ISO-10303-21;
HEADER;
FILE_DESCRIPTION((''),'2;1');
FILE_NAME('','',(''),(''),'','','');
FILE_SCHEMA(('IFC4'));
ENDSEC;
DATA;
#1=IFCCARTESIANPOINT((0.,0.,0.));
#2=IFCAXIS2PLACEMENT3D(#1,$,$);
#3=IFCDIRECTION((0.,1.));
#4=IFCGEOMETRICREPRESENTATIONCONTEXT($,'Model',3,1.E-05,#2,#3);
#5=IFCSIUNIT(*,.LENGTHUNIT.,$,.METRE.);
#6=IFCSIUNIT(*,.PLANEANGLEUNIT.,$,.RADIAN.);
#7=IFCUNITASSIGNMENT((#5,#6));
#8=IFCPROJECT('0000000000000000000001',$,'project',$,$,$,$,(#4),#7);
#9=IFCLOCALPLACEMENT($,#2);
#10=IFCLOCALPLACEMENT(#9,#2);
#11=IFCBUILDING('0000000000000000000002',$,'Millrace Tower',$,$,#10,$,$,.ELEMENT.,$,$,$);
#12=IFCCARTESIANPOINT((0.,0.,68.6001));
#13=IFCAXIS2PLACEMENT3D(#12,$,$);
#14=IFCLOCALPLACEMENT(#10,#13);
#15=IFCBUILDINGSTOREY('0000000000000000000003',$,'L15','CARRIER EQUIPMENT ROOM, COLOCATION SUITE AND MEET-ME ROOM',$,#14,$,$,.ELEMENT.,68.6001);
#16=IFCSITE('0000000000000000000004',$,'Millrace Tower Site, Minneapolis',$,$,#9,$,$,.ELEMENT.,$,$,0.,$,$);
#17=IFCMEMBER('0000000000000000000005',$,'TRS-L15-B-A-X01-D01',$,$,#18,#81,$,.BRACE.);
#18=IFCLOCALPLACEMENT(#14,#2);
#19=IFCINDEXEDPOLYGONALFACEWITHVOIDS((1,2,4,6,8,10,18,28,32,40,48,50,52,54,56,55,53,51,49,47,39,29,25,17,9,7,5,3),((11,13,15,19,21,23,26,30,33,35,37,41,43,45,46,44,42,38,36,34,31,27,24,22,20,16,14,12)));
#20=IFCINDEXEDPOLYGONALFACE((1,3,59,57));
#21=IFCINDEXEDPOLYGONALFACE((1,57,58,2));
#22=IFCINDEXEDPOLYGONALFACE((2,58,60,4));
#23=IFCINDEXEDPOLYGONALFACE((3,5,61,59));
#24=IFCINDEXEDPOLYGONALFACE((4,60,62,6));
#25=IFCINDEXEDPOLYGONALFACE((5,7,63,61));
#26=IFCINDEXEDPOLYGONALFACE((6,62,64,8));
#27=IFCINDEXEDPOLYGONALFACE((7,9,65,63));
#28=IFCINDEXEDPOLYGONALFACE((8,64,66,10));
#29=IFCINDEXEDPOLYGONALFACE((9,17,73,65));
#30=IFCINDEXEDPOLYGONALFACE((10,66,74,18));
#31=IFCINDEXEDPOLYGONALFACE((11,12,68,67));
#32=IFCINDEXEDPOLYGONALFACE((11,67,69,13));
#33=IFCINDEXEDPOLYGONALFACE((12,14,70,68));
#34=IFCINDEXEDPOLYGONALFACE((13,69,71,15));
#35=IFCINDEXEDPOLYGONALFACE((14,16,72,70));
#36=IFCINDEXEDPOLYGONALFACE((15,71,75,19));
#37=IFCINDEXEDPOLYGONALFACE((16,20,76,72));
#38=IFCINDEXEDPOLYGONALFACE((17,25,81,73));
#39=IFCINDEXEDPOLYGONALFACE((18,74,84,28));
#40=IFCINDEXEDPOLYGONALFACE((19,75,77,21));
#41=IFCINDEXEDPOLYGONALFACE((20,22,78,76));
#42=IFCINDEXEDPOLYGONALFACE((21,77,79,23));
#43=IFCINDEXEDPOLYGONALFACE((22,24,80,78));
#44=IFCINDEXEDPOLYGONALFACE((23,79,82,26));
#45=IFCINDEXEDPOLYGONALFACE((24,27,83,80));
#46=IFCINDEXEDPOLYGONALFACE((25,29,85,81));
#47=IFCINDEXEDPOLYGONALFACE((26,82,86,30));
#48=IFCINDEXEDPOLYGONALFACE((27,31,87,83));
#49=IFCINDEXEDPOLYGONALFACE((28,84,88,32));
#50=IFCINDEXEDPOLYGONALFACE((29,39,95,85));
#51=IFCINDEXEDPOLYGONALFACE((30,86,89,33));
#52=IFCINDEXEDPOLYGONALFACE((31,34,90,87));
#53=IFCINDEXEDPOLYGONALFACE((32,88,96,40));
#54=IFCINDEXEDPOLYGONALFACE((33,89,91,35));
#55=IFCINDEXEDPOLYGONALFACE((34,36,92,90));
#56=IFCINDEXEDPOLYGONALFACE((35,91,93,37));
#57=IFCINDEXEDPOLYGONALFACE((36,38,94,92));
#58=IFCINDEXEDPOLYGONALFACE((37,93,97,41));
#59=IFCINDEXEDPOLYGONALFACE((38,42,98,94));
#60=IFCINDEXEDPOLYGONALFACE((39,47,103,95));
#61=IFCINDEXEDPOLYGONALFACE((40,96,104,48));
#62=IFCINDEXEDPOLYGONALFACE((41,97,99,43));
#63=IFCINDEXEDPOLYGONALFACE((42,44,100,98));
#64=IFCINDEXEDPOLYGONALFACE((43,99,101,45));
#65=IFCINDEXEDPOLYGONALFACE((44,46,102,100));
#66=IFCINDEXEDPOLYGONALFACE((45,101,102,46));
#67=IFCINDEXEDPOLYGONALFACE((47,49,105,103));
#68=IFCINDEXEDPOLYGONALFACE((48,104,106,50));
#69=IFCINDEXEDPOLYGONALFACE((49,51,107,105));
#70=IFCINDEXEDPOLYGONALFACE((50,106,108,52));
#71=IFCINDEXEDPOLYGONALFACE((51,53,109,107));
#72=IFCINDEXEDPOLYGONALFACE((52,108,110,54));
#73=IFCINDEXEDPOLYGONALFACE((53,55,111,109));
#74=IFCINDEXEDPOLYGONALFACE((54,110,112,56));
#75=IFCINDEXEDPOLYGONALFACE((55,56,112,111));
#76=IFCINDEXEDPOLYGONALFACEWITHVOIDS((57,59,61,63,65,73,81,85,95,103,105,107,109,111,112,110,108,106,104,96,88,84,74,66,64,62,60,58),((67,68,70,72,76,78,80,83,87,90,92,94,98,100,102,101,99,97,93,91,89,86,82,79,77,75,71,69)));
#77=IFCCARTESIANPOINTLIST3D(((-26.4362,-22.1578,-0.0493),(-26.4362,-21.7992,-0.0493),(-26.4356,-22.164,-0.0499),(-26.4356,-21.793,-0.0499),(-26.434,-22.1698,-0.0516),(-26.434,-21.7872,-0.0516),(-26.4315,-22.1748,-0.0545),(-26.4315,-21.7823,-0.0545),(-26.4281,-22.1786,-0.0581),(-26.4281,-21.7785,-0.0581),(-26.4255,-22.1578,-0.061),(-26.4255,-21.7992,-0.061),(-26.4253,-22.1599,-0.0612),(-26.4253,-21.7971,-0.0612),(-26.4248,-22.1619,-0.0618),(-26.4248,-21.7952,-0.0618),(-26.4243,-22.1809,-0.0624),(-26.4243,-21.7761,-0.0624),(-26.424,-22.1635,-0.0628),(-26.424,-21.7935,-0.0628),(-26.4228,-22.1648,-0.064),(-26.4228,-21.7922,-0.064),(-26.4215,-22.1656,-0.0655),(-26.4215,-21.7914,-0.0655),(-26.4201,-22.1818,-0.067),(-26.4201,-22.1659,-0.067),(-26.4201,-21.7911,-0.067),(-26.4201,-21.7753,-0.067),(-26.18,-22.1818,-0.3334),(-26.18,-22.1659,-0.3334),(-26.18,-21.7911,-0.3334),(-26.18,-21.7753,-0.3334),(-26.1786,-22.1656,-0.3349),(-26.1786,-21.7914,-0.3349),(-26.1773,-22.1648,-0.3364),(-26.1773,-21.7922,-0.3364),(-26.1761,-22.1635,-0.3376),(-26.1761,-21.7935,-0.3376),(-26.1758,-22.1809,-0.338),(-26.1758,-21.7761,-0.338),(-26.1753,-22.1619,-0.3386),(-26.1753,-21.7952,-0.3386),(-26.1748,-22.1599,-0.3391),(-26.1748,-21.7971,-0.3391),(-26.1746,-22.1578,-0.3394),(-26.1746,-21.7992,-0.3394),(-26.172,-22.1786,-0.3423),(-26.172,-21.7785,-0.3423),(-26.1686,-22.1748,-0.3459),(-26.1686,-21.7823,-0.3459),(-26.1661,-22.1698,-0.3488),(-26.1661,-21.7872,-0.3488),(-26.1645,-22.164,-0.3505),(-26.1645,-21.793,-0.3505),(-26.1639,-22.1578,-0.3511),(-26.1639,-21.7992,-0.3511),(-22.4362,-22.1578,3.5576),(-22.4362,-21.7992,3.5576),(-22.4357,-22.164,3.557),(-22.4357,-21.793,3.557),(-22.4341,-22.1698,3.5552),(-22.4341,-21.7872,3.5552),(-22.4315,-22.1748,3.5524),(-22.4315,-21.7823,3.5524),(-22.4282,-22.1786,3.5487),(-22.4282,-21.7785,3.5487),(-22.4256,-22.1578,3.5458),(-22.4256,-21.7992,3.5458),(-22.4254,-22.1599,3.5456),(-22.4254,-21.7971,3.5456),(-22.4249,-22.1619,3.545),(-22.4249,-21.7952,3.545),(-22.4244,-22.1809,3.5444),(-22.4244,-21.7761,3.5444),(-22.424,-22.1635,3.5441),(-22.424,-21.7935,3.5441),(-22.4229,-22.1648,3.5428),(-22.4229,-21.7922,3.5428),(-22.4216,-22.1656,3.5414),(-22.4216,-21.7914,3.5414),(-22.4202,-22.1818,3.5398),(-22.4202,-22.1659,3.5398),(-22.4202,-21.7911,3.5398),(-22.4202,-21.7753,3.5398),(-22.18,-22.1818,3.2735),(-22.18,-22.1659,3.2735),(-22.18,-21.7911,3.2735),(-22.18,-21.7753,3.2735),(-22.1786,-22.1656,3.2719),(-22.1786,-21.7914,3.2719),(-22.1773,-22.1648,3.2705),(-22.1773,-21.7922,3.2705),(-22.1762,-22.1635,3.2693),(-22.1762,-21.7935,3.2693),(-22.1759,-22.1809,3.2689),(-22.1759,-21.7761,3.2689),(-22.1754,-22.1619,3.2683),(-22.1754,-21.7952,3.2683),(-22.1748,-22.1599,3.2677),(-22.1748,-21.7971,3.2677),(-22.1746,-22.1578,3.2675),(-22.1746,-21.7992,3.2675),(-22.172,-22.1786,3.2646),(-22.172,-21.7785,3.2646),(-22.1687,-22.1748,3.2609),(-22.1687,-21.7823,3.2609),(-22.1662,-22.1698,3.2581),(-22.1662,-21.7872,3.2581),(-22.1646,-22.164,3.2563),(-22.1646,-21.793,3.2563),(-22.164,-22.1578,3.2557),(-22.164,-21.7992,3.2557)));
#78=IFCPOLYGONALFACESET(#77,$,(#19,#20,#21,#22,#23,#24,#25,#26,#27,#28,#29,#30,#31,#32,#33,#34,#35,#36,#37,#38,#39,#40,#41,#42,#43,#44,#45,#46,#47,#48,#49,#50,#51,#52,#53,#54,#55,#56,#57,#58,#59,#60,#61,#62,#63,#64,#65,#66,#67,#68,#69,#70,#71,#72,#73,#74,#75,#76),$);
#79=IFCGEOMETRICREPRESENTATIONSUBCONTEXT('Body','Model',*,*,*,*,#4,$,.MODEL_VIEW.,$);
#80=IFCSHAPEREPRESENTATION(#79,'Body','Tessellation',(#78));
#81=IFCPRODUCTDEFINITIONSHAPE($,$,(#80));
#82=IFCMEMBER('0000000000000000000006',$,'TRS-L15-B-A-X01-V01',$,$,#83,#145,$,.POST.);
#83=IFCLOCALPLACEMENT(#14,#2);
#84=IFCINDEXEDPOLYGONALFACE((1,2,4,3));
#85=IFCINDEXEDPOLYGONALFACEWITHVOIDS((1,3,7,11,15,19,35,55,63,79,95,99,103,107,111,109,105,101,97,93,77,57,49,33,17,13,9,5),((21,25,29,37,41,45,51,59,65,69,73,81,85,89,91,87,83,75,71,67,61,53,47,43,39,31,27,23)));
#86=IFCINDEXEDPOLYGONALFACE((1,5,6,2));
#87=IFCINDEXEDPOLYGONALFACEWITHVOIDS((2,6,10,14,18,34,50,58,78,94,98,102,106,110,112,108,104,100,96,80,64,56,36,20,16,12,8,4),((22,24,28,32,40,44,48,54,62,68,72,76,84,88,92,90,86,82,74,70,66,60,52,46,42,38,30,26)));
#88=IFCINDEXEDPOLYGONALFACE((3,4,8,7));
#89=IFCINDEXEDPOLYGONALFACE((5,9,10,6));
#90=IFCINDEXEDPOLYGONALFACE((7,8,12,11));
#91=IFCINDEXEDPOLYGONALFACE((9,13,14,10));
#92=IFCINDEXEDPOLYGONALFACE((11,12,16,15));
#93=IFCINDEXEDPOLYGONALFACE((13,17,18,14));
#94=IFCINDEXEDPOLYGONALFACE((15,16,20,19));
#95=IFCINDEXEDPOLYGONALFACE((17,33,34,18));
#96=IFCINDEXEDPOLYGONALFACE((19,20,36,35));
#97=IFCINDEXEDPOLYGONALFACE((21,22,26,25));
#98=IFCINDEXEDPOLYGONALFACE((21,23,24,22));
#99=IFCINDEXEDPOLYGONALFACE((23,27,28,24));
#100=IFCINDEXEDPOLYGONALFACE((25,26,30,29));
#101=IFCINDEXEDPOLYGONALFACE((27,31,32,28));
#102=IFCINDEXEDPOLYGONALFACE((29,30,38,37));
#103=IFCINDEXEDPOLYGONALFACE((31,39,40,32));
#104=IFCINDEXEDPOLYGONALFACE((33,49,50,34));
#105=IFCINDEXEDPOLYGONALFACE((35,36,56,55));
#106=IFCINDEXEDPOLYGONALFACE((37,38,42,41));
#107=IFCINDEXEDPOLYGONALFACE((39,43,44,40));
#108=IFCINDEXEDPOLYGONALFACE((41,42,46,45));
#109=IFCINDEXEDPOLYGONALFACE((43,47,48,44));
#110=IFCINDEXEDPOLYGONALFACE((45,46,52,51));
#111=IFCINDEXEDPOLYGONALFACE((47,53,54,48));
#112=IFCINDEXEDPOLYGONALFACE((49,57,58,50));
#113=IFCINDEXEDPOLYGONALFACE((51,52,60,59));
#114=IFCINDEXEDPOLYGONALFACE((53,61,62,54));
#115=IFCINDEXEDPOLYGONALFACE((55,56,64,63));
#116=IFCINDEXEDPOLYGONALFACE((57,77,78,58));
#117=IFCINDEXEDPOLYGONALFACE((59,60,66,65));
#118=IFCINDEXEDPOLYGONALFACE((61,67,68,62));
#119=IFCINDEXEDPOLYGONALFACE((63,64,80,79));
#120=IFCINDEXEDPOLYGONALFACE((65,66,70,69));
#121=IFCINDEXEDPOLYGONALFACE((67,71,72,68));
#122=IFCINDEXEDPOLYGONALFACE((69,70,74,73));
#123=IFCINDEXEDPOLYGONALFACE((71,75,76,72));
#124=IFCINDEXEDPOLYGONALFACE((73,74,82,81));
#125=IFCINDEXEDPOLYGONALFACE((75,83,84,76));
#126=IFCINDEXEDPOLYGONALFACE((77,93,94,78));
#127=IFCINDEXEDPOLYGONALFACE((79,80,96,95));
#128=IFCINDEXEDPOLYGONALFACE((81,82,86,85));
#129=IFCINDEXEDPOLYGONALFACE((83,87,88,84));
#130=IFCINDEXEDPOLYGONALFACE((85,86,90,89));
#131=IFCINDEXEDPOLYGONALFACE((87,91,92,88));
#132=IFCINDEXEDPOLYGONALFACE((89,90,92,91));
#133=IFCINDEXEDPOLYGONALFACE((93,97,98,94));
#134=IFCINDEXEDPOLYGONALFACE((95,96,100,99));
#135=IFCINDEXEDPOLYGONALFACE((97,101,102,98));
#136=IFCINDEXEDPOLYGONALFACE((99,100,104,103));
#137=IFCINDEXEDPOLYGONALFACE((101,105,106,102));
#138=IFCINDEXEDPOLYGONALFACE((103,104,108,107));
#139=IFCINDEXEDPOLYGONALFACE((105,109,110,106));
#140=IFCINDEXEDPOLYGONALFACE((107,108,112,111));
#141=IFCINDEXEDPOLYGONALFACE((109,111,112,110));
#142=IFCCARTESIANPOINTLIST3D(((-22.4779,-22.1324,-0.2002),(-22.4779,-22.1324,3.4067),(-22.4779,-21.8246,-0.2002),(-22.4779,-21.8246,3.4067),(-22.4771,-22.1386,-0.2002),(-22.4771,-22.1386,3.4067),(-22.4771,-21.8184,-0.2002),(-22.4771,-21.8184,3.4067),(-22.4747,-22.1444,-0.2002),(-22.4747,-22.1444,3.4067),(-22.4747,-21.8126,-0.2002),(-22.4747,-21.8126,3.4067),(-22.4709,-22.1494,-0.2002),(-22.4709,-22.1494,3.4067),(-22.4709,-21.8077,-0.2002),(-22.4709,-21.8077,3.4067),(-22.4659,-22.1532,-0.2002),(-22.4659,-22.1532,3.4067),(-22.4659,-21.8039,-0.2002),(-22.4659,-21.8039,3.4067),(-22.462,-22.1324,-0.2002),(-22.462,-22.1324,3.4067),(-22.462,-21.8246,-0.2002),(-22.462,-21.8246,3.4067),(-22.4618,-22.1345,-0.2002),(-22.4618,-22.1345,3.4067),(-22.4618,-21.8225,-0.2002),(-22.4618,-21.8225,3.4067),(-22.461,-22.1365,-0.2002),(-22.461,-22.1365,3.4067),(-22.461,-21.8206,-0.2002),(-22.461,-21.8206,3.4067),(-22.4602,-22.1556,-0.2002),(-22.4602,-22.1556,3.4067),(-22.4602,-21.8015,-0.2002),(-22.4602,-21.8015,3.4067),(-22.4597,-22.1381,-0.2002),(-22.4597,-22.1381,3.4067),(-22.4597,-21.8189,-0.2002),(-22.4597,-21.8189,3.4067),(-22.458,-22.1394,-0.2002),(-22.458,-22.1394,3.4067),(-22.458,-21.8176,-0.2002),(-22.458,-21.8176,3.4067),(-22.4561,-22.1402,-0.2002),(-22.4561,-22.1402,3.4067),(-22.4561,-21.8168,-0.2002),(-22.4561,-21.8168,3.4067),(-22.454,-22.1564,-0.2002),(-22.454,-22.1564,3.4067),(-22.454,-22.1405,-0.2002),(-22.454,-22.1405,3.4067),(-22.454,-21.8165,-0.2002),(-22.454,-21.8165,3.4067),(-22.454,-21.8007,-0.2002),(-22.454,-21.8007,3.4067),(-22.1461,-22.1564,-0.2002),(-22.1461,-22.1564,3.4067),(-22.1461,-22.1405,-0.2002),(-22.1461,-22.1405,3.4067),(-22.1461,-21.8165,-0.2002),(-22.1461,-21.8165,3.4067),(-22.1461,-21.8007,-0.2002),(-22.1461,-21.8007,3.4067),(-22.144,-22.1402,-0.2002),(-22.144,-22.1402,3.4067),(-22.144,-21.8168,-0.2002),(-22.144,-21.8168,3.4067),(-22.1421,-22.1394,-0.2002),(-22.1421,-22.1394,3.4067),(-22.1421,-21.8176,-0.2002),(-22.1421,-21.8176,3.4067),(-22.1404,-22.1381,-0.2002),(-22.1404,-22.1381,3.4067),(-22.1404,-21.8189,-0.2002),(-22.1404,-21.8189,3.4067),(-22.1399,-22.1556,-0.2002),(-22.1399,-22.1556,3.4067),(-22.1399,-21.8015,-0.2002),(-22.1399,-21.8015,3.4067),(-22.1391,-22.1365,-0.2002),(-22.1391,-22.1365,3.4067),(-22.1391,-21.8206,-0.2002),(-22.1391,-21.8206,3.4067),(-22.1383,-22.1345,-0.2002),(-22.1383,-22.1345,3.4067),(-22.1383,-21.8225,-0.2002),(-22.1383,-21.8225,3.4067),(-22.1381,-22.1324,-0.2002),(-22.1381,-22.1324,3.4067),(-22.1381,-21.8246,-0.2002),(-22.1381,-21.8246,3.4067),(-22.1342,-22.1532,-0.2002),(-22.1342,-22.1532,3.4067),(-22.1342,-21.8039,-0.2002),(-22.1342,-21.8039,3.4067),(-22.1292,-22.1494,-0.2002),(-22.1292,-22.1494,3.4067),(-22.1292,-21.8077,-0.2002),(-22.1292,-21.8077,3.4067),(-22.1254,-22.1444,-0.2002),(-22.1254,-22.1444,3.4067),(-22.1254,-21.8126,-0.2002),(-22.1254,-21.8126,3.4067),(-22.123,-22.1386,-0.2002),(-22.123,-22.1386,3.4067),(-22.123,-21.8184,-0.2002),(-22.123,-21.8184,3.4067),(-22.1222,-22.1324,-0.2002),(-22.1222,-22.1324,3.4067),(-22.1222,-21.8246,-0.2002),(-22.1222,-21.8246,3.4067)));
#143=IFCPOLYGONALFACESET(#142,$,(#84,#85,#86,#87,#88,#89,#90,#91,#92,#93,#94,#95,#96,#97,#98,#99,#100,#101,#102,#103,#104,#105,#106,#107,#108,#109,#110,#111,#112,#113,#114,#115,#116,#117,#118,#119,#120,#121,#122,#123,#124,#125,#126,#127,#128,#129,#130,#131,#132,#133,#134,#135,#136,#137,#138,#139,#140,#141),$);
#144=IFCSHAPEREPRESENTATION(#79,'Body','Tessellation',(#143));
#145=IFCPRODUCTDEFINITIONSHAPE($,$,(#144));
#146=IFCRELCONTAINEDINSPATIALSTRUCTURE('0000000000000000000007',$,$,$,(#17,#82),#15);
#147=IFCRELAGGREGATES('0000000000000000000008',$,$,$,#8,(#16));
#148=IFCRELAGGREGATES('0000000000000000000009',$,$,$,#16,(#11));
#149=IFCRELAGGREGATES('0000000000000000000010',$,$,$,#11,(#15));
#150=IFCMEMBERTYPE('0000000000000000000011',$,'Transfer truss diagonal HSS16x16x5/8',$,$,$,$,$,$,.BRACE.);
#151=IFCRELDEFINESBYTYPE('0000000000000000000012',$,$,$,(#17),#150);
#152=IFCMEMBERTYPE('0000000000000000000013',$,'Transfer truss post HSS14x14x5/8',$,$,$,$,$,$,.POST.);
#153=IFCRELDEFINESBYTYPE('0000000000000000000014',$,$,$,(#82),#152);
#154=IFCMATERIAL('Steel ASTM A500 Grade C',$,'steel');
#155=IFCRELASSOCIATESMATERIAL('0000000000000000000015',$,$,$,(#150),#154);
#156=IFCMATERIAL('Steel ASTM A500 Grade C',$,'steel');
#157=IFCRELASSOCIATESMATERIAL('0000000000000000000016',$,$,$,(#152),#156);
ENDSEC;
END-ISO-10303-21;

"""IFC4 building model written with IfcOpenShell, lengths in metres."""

from ifc_helpers import new_model, si_unit, direction, frame, origin, origin_2d, place, context, subcontext, project, spatial, hollow_rectangle, extrude, material, material_profile, profile_set, type_object, element, save


model = new_model("IFC4")

# Units and contexts
model_context = context("Model", 3, precision=1e-05, world=origin(), true_north=direction((0.0, 1.0)))
body_context = subcontext(model_context, "Body", "Model", "MODEL_VIEW")
ifc_project = project(units=[si_unit("LENGTHUNIT", "METRE"), si_unit("PLANEANGLEUNIT", "RADIAN")], contexts=[model_context])

# Site, building, storey
site_placement = place(None, origin())
site = spatial("IfcSite", under=ifc_project, at=site_placement, Name="Millrace Tower Site, Minneapolis", CompositionType="ELEMENT", RefElevation=0.0)
building_placement = place(site_placement, origin())
building = spatial("IfcBuilding", under=site, at=building_placement, Name="Millrace Tower", CompositionType="ELEMENT")
storey_placement = place(building_placement, frame((0.0, 0.0, 68.6001)))
storey = spatial("IfcBuildingStorey", under=building, at=storey_placement, Name="L15", Description="CARRIER EQUIPMENT ROOM, COLOCATION SUITE AND MEET-ME ROOM", CompositionType="ELEMENT", Elevation=68.6001)

# Members
ifc_material_1 = material(Name="Steel ASTM A500 Grade C", Category="steel")
ifc_material_profile_1 = material_profile(ifc_material_1, hollow_rectangle(XDim=0.4065, YDim=0.4065, WallThickness=0.0159, InnerFilletRadius=0.0081, OuterFilletRadius=0.0239, at=origin_2d()))
ifc_profile_set_1 = profile_set([ifc_material_profile_1], Name="Steel ASTM A500 Grade C")
member_type_1 = type_object("IfcMemberType", Name="Transfer truss diagonal HSS16x16x5/8", PredefinedType="BRACE", material=ifc_profile_set_1)
member_1_placement = place(storey_placement, frame((-26.3, -21.9785, -0.2002), z_axis=(0.742654, 0.0, 0.669676), x_axis=(0.0, 1.0, 0.0)))
element("IfcMember", 1, at=member_1_placement, inside=storey, type_object=member_type_1, Name="TRS-L15-B-A-X01-D01", PredefinedType="BRACE", context=body_context, shape_type="SweptSolid", body=[
    extrude(hollow_rectangle(XDim=0.4065, YDim=0.4065, WallThickness=0.0159, InnerFilletRadius=0.0081, OuterFilletRadius=0.0239, at=origin_2d()), origin(), (0.0, 0.0, 1.0), 5.386),
])
ifc_material_2 = material(Name="Steel ASTM A500 Grade C", Category="steel")
ifc_material_profile_2 = material_profile(ifc_material_2, hollow_rectangle(XDim=0.3557, YDim=0.3557, WallThickness=0.0159, InnerFilletRadius=0.0081, OuterFilletRadius=0.0239, at=origin_2d()))
ifc_profile_set_2 = profile_set([ifc_material_profile_2], Name="Steel ASTM A500 Grade C")
member_type_2 = type_object("IfcMemberType", Name="Transfer truss post HSS14x14x5/8", PredefinedType="POST", material=ifc_profile_set_2)
member_2_placement = place(storey_placement, frame((-22.3, -21.9785, -0.2002), z_axis=(0.0, 0.0, 1.0), x_axis=(1.0, 0.0, 0.0)))
element("IfcMember", 2, at=member_2_placement, inside=storey, type_object=member_type_2, Name="TRS-L15-B-A-X01-V01", PredefinedType="POST", context=body_context, shape_type="SweptSolid", body=[
    extrude(hollow_rectangle(XDim=0.3557, YDim=0.3557, WallThickness=0.0159, InnerFilletRadius=0.0081, OuterFilletRadius=0.0239, at=origin_2d()), origin(), (0.0, 0.0, 1.0), 3.6069),
])

save(model, "model.ifc")
